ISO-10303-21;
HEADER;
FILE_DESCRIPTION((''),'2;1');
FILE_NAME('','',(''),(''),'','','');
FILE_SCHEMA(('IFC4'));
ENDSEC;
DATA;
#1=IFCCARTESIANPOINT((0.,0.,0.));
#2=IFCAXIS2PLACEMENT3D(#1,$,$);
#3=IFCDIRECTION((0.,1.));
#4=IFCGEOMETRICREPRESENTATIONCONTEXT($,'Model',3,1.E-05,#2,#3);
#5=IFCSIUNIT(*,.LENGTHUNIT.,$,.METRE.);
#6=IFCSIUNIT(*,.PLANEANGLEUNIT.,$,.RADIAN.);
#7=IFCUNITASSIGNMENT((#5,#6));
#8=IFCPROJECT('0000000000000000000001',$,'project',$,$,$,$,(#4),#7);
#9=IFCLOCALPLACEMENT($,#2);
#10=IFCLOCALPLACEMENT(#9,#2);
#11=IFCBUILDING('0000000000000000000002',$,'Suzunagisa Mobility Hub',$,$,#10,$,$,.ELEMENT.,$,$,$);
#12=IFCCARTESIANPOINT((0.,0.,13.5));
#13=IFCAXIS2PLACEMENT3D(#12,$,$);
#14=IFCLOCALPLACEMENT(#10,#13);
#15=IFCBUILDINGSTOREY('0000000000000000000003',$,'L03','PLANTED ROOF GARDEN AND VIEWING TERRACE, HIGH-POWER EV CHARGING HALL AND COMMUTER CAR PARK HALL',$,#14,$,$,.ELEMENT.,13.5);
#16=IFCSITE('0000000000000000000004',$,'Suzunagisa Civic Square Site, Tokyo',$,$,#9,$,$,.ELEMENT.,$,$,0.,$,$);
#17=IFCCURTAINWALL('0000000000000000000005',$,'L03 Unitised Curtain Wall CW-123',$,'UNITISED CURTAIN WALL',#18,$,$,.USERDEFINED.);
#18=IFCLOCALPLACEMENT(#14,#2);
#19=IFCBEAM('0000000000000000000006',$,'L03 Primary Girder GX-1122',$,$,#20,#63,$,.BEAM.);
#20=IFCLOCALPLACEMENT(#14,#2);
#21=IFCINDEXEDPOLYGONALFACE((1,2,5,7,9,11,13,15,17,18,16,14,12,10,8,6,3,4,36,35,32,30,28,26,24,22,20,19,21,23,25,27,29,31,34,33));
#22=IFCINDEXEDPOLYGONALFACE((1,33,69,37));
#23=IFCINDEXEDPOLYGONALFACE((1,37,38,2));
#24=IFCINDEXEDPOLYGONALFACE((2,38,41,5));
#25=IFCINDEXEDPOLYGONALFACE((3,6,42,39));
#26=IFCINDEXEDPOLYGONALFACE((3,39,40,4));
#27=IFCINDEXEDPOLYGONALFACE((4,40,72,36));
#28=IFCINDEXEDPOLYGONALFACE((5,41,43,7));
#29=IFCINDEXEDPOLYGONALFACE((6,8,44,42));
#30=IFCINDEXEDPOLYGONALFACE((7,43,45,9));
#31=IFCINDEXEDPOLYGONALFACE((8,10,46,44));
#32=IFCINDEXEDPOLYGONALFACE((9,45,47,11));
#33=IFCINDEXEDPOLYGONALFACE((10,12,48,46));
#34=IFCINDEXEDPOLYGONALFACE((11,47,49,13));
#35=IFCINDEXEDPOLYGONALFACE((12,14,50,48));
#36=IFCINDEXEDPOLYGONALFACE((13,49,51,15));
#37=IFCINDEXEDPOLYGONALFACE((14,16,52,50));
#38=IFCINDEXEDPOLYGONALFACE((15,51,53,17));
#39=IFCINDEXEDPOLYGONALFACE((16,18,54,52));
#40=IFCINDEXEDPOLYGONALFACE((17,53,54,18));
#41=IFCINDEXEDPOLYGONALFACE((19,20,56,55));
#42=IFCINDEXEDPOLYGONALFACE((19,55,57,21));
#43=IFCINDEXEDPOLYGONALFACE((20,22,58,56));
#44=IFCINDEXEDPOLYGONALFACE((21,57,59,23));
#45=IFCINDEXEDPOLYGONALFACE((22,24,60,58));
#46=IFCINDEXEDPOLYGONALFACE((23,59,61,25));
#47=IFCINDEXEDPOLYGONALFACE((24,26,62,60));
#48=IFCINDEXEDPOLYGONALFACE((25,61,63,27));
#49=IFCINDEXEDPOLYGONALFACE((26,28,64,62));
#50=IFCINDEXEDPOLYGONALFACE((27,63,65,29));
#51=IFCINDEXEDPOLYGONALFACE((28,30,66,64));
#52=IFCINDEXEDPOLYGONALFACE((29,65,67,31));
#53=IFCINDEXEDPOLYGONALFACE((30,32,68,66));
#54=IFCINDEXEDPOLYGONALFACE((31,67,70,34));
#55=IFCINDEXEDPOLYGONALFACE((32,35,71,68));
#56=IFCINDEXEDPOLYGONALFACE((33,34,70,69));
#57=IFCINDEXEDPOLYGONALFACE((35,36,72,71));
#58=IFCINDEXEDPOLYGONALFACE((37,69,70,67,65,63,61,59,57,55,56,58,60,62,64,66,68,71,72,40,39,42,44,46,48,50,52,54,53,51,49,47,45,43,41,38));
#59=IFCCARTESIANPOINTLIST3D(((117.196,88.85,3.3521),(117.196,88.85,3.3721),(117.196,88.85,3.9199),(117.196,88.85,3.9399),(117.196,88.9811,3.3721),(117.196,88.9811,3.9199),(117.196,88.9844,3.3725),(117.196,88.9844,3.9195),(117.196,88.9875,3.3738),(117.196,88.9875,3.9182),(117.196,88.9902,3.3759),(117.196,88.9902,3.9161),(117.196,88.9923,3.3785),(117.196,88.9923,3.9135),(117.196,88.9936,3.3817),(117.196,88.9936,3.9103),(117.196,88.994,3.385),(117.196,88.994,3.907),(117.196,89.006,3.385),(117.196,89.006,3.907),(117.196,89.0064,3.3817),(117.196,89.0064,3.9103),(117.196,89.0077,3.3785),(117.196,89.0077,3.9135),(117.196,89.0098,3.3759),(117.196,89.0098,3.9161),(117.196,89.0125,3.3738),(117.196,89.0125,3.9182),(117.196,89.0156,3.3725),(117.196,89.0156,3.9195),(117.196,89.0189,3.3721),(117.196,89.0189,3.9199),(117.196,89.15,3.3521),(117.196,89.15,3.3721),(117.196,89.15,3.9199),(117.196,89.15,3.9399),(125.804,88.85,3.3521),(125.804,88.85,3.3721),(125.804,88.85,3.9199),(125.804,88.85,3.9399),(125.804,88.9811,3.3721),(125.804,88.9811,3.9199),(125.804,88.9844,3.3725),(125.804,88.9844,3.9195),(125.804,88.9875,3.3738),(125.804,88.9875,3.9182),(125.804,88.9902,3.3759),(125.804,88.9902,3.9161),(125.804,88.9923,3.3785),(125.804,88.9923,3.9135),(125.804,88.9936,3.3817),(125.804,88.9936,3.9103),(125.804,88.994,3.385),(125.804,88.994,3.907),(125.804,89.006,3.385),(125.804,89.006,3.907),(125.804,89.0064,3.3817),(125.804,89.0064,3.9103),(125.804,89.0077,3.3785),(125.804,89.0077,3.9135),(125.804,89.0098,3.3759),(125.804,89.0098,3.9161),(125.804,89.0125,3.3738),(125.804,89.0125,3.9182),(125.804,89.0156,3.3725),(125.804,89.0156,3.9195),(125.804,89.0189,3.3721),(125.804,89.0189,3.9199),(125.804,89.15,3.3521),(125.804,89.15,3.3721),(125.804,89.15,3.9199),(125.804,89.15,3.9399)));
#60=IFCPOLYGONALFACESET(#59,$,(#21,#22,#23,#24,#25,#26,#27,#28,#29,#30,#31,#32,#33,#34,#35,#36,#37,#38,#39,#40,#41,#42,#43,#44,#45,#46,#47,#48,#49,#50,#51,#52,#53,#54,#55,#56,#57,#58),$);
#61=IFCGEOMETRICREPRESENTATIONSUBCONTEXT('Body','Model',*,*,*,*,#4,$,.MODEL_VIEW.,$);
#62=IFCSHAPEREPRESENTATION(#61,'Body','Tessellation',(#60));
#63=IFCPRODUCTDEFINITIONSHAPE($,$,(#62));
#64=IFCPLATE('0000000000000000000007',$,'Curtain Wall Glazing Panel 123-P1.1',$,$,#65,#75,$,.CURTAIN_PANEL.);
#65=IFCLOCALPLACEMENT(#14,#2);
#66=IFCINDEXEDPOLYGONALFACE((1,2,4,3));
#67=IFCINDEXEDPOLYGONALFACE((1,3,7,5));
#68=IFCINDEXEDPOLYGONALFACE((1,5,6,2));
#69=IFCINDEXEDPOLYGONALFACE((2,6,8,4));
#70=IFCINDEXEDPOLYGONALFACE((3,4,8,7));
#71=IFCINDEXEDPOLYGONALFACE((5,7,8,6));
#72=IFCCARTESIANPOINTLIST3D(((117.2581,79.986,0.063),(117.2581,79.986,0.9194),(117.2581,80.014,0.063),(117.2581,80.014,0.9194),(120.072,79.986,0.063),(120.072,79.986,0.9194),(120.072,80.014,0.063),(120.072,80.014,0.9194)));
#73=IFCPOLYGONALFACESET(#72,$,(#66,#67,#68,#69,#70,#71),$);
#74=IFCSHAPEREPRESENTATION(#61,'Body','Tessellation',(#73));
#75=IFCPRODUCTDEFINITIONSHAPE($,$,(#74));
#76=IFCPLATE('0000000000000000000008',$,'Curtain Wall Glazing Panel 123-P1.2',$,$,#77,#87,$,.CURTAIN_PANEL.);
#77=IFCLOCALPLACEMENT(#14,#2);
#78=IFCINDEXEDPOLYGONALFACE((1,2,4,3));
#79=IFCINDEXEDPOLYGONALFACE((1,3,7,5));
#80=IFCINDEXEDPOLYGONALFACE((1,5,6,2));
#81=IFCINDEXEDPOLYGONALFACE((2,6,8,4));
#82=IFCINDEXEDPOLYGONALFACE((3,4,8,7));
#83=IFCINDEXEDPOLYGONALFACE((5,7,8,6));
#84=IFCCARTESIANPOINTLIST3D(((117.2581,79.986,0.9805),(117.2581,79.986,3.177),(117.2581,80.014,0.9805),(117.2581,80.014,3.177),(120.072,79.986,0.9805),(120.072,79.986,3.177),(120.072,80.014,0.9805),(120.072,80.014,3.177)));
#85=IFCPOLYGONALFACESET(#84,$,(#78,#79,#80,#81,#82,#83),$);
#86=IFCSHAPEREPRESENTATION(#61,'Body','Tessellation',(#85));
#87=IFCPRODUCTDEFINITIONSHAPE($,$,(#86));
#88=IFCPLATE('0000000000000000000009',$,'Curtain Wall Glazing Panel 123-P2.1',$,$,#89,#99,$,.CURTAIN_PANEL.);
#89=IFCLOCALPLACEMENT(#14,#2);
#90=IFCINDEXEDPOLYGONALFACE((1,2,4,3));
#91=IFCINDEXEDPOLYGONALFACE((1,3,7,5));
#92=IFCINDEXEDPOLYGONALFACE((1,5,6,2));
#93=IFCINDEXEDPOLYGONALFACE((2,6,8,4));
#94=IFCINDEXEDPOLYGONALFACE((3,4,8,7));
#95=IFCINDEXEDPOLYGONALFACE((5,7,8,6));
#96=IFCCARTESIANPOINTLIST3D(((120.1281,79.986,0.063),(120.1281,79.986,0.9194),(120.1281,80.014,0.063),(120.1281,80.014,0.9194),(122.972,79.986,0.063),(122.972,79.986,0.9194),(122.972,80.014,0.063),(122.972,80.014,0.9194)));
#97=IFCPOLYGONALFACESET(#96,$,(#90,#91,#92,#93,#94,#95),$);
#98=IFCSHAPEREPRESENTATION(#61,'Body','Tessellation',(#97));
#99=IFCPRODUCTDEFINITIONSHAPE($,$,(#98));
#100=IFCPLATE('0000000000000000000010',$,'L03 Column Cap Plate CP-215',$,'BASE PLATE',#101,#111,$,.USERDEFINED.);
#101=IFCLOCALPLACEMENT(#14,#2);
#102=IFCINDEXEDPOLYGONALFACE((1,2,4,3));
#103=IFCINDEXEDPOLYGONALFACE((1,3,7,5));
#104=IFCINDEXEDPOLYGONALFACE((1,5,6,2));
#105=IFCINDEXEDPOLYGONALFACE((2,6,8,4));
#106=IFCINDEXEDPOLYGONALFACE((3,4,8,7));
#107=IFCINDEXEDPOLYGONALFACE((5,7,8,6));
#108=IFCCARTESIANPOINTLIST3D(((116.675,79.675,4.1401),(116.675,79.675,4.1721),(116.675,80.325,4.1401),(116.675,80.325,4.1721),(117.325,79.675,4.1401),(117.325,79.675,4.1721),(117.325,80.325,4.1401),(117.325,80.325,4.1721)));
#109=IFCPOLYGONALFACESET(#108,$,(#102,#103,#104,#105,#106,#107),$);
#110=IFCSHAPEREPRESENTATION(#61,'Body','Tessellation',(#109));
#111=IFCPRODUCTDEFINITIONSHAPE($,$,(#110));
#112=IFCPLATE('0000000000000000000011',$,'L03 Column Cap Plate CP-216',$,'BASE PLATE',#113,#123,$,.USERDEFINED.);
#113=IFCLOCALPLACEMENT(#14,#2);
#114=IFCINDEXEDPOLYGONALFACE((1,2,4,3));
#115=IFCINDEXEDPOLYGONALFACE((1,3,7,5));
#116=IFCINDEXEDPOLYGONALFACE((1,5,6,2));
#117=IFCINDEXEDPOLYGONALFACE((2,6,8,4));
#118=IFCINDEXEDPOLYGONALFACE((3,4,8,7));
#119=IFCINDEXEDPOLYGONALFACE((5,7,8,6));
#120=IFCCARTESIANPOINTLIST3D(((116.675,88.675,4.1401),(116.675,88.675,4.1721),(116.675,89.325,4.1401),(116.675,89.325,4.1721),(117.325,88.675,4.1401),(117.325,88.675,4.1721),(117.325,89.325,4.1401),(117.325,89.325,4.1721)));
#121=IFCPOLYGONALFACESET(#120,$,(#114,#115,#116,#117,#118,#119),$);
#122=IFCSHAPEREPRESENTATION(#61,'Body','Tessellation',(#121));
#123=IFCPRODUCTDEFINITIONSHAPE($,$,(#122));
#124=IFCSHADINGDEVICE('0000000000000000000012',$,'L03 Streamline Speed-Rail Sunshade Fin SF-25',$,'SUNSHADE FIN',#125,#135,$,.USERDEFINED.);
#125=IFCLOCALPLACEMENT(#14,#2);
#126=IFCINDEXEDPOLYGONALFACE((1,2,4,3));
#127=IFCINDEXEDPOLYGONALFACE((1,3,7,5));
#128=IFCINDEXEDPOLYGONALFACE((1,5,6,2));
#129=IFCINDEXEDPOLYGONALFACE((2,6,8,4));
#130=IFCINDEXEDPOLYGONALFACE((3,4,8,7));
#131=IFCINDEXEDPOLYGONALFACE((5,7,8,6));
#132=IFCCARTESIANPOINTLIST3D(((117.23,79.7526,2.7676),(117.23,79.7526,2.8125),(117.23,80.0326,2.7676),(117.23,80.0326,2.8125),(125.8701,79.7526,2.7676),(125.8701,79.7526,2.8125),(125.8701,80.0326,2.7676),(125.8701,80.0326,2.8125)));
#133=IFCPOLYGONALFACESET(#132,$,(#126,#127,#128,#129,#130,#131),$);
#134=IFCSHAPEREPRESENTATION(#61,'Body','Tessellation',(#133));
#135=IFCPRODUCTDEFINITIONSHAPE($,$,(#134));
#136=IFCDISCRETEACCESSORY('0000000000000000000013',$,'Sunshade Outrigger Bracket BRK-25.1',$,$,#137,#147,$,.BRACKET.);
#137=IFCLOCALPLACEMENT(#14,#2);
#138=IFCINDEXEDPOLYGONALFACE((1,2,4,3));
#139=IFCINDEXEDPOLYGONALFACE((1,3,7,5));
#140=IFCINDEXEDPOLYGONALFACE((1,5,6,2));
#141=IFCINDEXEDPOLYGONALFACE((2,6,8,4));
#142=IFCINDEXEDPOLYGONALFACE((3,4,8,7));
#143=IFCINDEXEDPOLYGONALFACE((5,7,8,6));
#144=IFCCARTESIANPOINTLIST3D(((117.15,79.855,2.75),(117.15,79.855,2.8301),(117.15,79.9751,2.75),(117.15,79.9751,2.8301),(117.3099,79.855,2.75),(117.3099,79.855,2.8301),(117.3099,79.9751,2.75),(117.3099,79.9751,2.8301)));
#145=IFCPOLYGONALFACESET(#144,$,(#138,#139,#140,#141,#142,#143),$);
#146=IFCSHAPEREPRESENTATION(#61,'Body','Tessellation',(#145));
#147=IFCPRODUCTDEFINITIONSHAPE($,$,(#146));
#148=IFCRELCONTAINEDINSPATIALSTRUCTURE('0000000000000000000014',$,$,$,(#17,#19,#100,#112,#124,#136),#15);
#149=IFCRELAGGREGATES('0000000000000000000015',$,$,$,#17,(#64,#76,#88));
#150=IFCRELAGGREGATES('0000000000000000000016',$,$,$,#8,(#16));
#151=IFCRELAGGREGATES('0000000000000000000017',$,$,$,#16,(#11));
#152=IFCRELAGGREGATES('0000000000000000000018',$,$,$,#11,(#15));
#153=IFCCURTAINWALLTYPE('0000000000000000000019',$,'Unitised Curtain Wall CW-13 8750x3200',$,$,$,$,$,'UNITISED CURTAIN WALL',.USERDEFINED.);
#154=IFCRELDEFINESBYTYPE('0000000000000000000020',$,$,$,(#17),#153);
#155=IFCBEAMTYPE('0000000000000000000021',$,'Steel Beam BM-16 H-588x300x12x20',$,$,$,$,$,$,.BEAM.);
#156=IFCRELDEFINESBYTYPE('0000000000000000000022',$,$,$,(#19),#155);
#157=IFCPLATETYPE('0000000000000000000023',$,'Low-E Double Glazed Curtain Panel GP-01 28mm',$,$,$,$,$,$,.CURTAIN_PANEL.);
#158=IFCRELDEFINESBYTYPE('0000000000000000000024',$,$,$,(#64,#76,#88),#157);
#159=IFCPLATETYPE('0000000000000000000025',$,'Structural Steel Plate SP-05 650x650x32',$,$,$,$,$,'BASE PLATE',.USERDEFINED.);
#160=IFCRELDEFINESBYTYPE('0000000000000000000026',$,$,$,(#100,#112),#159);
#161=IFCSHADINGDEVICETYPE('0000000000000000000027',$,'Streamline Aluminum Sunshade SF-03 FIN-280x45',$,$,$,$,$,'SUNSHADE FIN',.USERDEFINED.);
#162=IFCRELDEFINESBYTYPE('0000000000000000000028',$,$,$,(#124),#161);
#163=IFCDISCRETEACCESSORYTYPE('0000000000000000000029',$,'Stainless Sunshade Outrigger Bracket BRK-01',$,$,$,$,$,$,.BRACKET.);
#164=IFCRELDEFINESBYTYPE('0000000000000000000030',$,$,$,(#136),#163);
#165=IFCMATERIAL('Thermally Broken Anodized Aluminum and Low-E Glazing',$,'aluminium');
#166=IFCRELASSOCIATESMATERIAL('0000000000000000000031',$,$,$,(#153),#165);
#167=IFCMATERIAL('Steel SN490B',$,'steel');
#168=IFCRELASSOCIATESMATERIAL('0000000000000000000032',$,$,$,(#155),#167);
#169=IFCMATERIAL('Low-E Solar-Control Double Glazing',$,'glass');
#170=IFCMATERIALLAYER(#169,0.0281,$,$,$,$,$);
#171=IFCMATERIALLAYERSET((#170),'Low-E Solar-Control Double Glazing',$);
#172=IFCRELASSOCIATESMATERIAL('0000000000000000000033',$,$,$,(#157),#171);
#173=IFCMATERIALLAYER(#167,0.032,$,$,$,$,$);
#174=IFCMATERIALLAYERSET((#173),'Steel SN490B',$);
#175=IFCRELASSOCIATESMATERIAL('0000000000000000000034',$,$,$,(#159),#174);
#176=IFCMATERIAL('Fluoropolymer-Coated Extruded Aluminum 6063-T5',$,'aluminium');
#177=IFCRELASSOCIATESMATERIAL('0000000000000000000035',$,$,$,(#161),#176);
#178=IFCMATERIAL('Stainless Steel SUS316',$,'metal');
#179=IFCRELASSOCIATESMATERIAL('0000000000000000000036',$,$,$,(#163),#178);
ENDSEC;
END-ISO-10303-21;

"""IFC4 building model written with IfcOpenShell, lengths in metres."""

from ifc_helpers import new_model, si_unit, direction, frame, origin, origin_2d, place, context, subcontext, project, spatial, rectangle, i_section, extrude, material, layer, layer_set, material_profile, profile_set, type_object, element, aggregate, save


model = new_model("IFC4")

# Units and contexts
model_context = context("Model", 3, precision=1e-05, world=origin(), true_north=direction((0.0, 1.0)))
body_context = subcontext(model_context, "Body", "Model", "MODEL_VIEW")
ifc_project = project(units=[si_unit("LENGTHUNIT", "METRE"), si_unit("PLANEANGLEUNIT", "RADIAN")], contexts=[model_context])

# Site, building, storey
site_placement = place(None, origin())
site = spatial("IfcSite", under=ifc_project, at=site_placement, Name="Suzunagisa Civic Square Site, Tokyo", CompositionType="ELEMENT", RefElevation=0.0)
building_placement = place(site_placement, origin())
building = spatial("IfcBuilding", under=site, at=building_placement, Name="Suzunagisa Mobility Hub", CompositionType="ELEMENT")
storey_placement = place(building_placement, frame((0.0, 0.0, 13.5)))
storey = spatial("IfcBuildingStorey", under=building, at=storey_placement, Name="L03", Description="PLANTED ROOF GARDEN AND VIEWING TERRACE, HIGH-POWER EV CHARGING HALL AND COMMUTER CAR PARK HALL", CompositionType="ELEMENT", Elevation=13.5)

# Shared definitions
ifc_material_1 = material(Name="Steel SN490B", Category="steel")

# Curtain wall
ifc_material_2 = material(Name="Thermally Broken Anodized Aluminum and Low-E Glazing", Category="aluminium")
curtain_wall_type = type_object("IfcCurtainWallType", Name="Unitised Curtain Wall CW-13 8750x3200", ElementType="UNITISED CURTAIN WALL", PredefinedType="USERDEFINED", material=ifc_material_2)
curtain_wall_placement = place(storey_placement, origin())
curtain_wall = element("IfcCurtainWall", 1, at=curtain_wall_placement, inside=storey, type_object=curtain_wall_type, Name="L03 Unitised Curtain Wall CW-123", ObjectType="UNITISED CURTAIN WALL", PredefinedType="USERDEFINED")

# Beam
ifc_material_profile_1 = material_profile(ifc_material_1, i_section(OverallWidth=0.3, OverallDepth=0.5879, WebThickness=0.012, FlangeThickness=0.02, FilletRadius=0.0129, at=origin_2d()), Name="H-588x300x12x20")
ifc_profile_set_1 = profile_set([ifc_material_profile_1], Name="Steel SN490B")
beam_type_1 = type_object("IfcBeamType", Name="Steel Beam BM-16 H-588x300x12x20", PredefinedType="BEAM", material=ifc_profile_set_1)
beam_1_placement = place(storey_placement, frame((117.196, 89.0, 3.646), z_axis=(1.0, 0.0, 0.0), x_axis=(0.0, 1.0, 0.0)))
element("IfcBeam", 2, at=beam_1_placement, inside=storey, type_object=beam_type_1, Name="L03 Primary Girder GX-1122", PredefinedType="BEAM", context=body_context, shape_type="SweptSolid", body=[
    extrude(i_section(OverallWidth=0.3, OverallDepth=0.5879, WebThickness=0.012, FlangeThickness=0.02, FilletRadius=0.0129, at=origin_2d()), origin(), (0.0, 0.0, 1.0), 8.6079),
])

# Plates
ifc_material_3 = material(Name="Low-E Solar-Control Double Glazing", Category="glass")
ifc_layer_1 = layer(ifc_material_3, 0.0281)
ifc_layer_set_1 = layer_set([ifc_layer_1], Name="Low-E Solar-Control Double Glazing")
plate_type_1 = type_object("IfcPlateType", Name="Low-E Double Glazed Curtain Panel GP-01 28mm", PredefinedType="CURTAIN_PANEL", material=ifc_layer_set_1)
plate_1_placement = place(storey_placement, frame((118.665, 80.0, 0.063), z_axis=(0.0, 0.0, 1.0), x_axis=(1.0, 0.0, 0.0)))
plate_1 = element("IfcPlate", 3, at=plate_1_placement, type_object=plate_type_1, Name="Curtain Wall Glazing Panel 123-P1.1", PredefinedType="CURTAIN_PANEL", context=body_context, shape_type="SweptSolid", body=[
    extrude(rectangle(XDim=2.814, YDim=0.0281, at=origin_2d()), origin(), (0.0, 0.0, 1.0), 0.8564),
])
plate_2_placement = place(storey_placement, frame((118.665, 80.0, 0.9805), z_axis=(0.0, 0.0, 1.0), x_axis=(1.0, 0.0, 0.0)))
plate_2 = element("IfcPlate", 4, at=plate_2_placement, type_object=plate_type_1, Name="Curtain Wall Glazing Panel 123-P1.2", PredefinedType="CURTAIN_PANEL", context=body_context, shape_type="SweptSolid", body=[
    extrude(rectangle(XDim=2.814, YDim=0.0281, at=origin_2d()), origin(), (0.0, 0.0, 1.0), 2.1965),
])
plate_3_placement = place(storey_placement, frame((121.55, 80.0, 0.063), z_axis=(0.0, 0.0, 1.0), x_axis=(1.0, 0.0, 0.0)))
plate_3 = element("IfcPlate", 5, at=plate_3_placement, type_object=plate_type_1, Name="Curtain Wall Glazing Panel 123-P2.1", PredefinedType="CURTAIN_PANEL", context=body_context, shape_type="SweptSolid", body=[
    extrude(rectangle(XDim=2.844, YDim=0.0281, at=origin_2d()), origin(), (0.0, 0.0, 1.0), 0.8564),
])
aggregate(curtain_wall, [plate_1, plate_2, plate_3])

# Plates
ifc_layer_2 = layer(ifc_material_1, 0.032)
ifc_layer_set_2 = layer_set([ifc_layer_2], Name="Steel SN490B")
plate_type_2 = type_object("IfcPlateType", Name="Structural Steel Plate SP-05 650x650x32", ElementType="BASE PLATE", PredefinedType="USERDEFINED", material=ifc_layer_set_2)
for number, where, z_axis, x_axis, name in (
    (6, (117.0, 80.0, 4.1401), (0.0, 0.0, 1.0), (1.0, 0.0, 0.0), "L03 Column Cap Plate CP-215"),
    (7, (117.0, 89.0, 4.1401), (0.0, 0.0, 1.0), (1.0, 0.0, 0.0), "L03 Column Cap Plate CP-216"),
):
    element("IfcPlate", number, at=place(storey_placement, frame(where, z_axis=z_axis, x_axis=x_axis)), inside=storey, type_object=plate_type_2, Name=name, ObjectType="BASE PLATE", PredefinedType="USERDEFINED", context=body_context, shape_type="SweptSolid", body=[
        extrude(rectangle(XDim=0.6499, YDim=0.6499, at=origin_2d()), origin(), (0.0, 0.0, 1.0), 0.032),
    ])

# Shading device
ifc_material_4 = material(Name="Fluoropolymer-Coated Extruded Aluminum 6063-T5", Category="aluminium")
ifc_material_profile_2 = material_profile(ifc_material_4, rectangle(XDim=0.28, YDim=0.0449, at=origin_2d()), Name="FIN-280x45")
ifc_profile_set_2 = profile_set([ifc_material_profile_2], Name="Fluoropolymer-Coated Extruded Aluminum 6063-T5")
shading_device_type = type_object("IfcShadingDeviceType", Name="Streamline Aluminum Sunshade SF-03 FIN-280x45", ElementType="SUNSHADE FIN", PredefinedType="USERDEFINED", material=ifc_profile_set_2)
shading_device_placement = place(storey_placement, frame((117.23, 79.8926, 2.79), z_axis=(1.0, 0.0, 0.0), x_axis=(0.0, 1.0, 0.0)))
element("IfcShadingDevice", 8, at=shading_device_placement, inside=storey, type_object=shading_device_type, Name="L03 Streamline Speed-Rail Sunshade Fin SF-25", ObjectType="SUNSHADE FIN", PredefinedType="USERDEFINED", context=body_context, shape_type="SweptSolid", body=[
    extrude(rectangle(XDim=0.28, YDim=0.0449, at=origin_2d()), origin(), (0.0, 0.0, 1.0), 8.6401),
])

# Discrete accessory
ifc_material_5 = material(Name="Stainless Steel SUS316", Category="metal")
discrete_accessory_type = type_object("IfcDiscreteAccessoryType", Name="Stainless Sunshade Outrigger Bracket BRK-01", PredefinedType="BRACKET", material=ifc_material_5)
discrete_accessory_placement = place(storey_placement, frame((117.23, 79.915, 2.75), z_axis=(0.0, 0.0, 1.0), x_axis=(1.0, 0.0, 0.0)))
element("IfcDiscreteAccessory", 9, at=discrete_accessory_placement, inside=storey, type_object=discrete_accessory_type, Name="Sunshade Outrigger Bracket BRK-25.1", PredefinedType="BRACKET", context=body_context, shape_type="SweptSolid", body=[
    extrude(rectangle(XDim=0.1599, YDim=0.1201, at=origin_2d()), origin(), (0.0, 0.0, 1.0), 0.0801),
])

save(model, "model.ifc")
